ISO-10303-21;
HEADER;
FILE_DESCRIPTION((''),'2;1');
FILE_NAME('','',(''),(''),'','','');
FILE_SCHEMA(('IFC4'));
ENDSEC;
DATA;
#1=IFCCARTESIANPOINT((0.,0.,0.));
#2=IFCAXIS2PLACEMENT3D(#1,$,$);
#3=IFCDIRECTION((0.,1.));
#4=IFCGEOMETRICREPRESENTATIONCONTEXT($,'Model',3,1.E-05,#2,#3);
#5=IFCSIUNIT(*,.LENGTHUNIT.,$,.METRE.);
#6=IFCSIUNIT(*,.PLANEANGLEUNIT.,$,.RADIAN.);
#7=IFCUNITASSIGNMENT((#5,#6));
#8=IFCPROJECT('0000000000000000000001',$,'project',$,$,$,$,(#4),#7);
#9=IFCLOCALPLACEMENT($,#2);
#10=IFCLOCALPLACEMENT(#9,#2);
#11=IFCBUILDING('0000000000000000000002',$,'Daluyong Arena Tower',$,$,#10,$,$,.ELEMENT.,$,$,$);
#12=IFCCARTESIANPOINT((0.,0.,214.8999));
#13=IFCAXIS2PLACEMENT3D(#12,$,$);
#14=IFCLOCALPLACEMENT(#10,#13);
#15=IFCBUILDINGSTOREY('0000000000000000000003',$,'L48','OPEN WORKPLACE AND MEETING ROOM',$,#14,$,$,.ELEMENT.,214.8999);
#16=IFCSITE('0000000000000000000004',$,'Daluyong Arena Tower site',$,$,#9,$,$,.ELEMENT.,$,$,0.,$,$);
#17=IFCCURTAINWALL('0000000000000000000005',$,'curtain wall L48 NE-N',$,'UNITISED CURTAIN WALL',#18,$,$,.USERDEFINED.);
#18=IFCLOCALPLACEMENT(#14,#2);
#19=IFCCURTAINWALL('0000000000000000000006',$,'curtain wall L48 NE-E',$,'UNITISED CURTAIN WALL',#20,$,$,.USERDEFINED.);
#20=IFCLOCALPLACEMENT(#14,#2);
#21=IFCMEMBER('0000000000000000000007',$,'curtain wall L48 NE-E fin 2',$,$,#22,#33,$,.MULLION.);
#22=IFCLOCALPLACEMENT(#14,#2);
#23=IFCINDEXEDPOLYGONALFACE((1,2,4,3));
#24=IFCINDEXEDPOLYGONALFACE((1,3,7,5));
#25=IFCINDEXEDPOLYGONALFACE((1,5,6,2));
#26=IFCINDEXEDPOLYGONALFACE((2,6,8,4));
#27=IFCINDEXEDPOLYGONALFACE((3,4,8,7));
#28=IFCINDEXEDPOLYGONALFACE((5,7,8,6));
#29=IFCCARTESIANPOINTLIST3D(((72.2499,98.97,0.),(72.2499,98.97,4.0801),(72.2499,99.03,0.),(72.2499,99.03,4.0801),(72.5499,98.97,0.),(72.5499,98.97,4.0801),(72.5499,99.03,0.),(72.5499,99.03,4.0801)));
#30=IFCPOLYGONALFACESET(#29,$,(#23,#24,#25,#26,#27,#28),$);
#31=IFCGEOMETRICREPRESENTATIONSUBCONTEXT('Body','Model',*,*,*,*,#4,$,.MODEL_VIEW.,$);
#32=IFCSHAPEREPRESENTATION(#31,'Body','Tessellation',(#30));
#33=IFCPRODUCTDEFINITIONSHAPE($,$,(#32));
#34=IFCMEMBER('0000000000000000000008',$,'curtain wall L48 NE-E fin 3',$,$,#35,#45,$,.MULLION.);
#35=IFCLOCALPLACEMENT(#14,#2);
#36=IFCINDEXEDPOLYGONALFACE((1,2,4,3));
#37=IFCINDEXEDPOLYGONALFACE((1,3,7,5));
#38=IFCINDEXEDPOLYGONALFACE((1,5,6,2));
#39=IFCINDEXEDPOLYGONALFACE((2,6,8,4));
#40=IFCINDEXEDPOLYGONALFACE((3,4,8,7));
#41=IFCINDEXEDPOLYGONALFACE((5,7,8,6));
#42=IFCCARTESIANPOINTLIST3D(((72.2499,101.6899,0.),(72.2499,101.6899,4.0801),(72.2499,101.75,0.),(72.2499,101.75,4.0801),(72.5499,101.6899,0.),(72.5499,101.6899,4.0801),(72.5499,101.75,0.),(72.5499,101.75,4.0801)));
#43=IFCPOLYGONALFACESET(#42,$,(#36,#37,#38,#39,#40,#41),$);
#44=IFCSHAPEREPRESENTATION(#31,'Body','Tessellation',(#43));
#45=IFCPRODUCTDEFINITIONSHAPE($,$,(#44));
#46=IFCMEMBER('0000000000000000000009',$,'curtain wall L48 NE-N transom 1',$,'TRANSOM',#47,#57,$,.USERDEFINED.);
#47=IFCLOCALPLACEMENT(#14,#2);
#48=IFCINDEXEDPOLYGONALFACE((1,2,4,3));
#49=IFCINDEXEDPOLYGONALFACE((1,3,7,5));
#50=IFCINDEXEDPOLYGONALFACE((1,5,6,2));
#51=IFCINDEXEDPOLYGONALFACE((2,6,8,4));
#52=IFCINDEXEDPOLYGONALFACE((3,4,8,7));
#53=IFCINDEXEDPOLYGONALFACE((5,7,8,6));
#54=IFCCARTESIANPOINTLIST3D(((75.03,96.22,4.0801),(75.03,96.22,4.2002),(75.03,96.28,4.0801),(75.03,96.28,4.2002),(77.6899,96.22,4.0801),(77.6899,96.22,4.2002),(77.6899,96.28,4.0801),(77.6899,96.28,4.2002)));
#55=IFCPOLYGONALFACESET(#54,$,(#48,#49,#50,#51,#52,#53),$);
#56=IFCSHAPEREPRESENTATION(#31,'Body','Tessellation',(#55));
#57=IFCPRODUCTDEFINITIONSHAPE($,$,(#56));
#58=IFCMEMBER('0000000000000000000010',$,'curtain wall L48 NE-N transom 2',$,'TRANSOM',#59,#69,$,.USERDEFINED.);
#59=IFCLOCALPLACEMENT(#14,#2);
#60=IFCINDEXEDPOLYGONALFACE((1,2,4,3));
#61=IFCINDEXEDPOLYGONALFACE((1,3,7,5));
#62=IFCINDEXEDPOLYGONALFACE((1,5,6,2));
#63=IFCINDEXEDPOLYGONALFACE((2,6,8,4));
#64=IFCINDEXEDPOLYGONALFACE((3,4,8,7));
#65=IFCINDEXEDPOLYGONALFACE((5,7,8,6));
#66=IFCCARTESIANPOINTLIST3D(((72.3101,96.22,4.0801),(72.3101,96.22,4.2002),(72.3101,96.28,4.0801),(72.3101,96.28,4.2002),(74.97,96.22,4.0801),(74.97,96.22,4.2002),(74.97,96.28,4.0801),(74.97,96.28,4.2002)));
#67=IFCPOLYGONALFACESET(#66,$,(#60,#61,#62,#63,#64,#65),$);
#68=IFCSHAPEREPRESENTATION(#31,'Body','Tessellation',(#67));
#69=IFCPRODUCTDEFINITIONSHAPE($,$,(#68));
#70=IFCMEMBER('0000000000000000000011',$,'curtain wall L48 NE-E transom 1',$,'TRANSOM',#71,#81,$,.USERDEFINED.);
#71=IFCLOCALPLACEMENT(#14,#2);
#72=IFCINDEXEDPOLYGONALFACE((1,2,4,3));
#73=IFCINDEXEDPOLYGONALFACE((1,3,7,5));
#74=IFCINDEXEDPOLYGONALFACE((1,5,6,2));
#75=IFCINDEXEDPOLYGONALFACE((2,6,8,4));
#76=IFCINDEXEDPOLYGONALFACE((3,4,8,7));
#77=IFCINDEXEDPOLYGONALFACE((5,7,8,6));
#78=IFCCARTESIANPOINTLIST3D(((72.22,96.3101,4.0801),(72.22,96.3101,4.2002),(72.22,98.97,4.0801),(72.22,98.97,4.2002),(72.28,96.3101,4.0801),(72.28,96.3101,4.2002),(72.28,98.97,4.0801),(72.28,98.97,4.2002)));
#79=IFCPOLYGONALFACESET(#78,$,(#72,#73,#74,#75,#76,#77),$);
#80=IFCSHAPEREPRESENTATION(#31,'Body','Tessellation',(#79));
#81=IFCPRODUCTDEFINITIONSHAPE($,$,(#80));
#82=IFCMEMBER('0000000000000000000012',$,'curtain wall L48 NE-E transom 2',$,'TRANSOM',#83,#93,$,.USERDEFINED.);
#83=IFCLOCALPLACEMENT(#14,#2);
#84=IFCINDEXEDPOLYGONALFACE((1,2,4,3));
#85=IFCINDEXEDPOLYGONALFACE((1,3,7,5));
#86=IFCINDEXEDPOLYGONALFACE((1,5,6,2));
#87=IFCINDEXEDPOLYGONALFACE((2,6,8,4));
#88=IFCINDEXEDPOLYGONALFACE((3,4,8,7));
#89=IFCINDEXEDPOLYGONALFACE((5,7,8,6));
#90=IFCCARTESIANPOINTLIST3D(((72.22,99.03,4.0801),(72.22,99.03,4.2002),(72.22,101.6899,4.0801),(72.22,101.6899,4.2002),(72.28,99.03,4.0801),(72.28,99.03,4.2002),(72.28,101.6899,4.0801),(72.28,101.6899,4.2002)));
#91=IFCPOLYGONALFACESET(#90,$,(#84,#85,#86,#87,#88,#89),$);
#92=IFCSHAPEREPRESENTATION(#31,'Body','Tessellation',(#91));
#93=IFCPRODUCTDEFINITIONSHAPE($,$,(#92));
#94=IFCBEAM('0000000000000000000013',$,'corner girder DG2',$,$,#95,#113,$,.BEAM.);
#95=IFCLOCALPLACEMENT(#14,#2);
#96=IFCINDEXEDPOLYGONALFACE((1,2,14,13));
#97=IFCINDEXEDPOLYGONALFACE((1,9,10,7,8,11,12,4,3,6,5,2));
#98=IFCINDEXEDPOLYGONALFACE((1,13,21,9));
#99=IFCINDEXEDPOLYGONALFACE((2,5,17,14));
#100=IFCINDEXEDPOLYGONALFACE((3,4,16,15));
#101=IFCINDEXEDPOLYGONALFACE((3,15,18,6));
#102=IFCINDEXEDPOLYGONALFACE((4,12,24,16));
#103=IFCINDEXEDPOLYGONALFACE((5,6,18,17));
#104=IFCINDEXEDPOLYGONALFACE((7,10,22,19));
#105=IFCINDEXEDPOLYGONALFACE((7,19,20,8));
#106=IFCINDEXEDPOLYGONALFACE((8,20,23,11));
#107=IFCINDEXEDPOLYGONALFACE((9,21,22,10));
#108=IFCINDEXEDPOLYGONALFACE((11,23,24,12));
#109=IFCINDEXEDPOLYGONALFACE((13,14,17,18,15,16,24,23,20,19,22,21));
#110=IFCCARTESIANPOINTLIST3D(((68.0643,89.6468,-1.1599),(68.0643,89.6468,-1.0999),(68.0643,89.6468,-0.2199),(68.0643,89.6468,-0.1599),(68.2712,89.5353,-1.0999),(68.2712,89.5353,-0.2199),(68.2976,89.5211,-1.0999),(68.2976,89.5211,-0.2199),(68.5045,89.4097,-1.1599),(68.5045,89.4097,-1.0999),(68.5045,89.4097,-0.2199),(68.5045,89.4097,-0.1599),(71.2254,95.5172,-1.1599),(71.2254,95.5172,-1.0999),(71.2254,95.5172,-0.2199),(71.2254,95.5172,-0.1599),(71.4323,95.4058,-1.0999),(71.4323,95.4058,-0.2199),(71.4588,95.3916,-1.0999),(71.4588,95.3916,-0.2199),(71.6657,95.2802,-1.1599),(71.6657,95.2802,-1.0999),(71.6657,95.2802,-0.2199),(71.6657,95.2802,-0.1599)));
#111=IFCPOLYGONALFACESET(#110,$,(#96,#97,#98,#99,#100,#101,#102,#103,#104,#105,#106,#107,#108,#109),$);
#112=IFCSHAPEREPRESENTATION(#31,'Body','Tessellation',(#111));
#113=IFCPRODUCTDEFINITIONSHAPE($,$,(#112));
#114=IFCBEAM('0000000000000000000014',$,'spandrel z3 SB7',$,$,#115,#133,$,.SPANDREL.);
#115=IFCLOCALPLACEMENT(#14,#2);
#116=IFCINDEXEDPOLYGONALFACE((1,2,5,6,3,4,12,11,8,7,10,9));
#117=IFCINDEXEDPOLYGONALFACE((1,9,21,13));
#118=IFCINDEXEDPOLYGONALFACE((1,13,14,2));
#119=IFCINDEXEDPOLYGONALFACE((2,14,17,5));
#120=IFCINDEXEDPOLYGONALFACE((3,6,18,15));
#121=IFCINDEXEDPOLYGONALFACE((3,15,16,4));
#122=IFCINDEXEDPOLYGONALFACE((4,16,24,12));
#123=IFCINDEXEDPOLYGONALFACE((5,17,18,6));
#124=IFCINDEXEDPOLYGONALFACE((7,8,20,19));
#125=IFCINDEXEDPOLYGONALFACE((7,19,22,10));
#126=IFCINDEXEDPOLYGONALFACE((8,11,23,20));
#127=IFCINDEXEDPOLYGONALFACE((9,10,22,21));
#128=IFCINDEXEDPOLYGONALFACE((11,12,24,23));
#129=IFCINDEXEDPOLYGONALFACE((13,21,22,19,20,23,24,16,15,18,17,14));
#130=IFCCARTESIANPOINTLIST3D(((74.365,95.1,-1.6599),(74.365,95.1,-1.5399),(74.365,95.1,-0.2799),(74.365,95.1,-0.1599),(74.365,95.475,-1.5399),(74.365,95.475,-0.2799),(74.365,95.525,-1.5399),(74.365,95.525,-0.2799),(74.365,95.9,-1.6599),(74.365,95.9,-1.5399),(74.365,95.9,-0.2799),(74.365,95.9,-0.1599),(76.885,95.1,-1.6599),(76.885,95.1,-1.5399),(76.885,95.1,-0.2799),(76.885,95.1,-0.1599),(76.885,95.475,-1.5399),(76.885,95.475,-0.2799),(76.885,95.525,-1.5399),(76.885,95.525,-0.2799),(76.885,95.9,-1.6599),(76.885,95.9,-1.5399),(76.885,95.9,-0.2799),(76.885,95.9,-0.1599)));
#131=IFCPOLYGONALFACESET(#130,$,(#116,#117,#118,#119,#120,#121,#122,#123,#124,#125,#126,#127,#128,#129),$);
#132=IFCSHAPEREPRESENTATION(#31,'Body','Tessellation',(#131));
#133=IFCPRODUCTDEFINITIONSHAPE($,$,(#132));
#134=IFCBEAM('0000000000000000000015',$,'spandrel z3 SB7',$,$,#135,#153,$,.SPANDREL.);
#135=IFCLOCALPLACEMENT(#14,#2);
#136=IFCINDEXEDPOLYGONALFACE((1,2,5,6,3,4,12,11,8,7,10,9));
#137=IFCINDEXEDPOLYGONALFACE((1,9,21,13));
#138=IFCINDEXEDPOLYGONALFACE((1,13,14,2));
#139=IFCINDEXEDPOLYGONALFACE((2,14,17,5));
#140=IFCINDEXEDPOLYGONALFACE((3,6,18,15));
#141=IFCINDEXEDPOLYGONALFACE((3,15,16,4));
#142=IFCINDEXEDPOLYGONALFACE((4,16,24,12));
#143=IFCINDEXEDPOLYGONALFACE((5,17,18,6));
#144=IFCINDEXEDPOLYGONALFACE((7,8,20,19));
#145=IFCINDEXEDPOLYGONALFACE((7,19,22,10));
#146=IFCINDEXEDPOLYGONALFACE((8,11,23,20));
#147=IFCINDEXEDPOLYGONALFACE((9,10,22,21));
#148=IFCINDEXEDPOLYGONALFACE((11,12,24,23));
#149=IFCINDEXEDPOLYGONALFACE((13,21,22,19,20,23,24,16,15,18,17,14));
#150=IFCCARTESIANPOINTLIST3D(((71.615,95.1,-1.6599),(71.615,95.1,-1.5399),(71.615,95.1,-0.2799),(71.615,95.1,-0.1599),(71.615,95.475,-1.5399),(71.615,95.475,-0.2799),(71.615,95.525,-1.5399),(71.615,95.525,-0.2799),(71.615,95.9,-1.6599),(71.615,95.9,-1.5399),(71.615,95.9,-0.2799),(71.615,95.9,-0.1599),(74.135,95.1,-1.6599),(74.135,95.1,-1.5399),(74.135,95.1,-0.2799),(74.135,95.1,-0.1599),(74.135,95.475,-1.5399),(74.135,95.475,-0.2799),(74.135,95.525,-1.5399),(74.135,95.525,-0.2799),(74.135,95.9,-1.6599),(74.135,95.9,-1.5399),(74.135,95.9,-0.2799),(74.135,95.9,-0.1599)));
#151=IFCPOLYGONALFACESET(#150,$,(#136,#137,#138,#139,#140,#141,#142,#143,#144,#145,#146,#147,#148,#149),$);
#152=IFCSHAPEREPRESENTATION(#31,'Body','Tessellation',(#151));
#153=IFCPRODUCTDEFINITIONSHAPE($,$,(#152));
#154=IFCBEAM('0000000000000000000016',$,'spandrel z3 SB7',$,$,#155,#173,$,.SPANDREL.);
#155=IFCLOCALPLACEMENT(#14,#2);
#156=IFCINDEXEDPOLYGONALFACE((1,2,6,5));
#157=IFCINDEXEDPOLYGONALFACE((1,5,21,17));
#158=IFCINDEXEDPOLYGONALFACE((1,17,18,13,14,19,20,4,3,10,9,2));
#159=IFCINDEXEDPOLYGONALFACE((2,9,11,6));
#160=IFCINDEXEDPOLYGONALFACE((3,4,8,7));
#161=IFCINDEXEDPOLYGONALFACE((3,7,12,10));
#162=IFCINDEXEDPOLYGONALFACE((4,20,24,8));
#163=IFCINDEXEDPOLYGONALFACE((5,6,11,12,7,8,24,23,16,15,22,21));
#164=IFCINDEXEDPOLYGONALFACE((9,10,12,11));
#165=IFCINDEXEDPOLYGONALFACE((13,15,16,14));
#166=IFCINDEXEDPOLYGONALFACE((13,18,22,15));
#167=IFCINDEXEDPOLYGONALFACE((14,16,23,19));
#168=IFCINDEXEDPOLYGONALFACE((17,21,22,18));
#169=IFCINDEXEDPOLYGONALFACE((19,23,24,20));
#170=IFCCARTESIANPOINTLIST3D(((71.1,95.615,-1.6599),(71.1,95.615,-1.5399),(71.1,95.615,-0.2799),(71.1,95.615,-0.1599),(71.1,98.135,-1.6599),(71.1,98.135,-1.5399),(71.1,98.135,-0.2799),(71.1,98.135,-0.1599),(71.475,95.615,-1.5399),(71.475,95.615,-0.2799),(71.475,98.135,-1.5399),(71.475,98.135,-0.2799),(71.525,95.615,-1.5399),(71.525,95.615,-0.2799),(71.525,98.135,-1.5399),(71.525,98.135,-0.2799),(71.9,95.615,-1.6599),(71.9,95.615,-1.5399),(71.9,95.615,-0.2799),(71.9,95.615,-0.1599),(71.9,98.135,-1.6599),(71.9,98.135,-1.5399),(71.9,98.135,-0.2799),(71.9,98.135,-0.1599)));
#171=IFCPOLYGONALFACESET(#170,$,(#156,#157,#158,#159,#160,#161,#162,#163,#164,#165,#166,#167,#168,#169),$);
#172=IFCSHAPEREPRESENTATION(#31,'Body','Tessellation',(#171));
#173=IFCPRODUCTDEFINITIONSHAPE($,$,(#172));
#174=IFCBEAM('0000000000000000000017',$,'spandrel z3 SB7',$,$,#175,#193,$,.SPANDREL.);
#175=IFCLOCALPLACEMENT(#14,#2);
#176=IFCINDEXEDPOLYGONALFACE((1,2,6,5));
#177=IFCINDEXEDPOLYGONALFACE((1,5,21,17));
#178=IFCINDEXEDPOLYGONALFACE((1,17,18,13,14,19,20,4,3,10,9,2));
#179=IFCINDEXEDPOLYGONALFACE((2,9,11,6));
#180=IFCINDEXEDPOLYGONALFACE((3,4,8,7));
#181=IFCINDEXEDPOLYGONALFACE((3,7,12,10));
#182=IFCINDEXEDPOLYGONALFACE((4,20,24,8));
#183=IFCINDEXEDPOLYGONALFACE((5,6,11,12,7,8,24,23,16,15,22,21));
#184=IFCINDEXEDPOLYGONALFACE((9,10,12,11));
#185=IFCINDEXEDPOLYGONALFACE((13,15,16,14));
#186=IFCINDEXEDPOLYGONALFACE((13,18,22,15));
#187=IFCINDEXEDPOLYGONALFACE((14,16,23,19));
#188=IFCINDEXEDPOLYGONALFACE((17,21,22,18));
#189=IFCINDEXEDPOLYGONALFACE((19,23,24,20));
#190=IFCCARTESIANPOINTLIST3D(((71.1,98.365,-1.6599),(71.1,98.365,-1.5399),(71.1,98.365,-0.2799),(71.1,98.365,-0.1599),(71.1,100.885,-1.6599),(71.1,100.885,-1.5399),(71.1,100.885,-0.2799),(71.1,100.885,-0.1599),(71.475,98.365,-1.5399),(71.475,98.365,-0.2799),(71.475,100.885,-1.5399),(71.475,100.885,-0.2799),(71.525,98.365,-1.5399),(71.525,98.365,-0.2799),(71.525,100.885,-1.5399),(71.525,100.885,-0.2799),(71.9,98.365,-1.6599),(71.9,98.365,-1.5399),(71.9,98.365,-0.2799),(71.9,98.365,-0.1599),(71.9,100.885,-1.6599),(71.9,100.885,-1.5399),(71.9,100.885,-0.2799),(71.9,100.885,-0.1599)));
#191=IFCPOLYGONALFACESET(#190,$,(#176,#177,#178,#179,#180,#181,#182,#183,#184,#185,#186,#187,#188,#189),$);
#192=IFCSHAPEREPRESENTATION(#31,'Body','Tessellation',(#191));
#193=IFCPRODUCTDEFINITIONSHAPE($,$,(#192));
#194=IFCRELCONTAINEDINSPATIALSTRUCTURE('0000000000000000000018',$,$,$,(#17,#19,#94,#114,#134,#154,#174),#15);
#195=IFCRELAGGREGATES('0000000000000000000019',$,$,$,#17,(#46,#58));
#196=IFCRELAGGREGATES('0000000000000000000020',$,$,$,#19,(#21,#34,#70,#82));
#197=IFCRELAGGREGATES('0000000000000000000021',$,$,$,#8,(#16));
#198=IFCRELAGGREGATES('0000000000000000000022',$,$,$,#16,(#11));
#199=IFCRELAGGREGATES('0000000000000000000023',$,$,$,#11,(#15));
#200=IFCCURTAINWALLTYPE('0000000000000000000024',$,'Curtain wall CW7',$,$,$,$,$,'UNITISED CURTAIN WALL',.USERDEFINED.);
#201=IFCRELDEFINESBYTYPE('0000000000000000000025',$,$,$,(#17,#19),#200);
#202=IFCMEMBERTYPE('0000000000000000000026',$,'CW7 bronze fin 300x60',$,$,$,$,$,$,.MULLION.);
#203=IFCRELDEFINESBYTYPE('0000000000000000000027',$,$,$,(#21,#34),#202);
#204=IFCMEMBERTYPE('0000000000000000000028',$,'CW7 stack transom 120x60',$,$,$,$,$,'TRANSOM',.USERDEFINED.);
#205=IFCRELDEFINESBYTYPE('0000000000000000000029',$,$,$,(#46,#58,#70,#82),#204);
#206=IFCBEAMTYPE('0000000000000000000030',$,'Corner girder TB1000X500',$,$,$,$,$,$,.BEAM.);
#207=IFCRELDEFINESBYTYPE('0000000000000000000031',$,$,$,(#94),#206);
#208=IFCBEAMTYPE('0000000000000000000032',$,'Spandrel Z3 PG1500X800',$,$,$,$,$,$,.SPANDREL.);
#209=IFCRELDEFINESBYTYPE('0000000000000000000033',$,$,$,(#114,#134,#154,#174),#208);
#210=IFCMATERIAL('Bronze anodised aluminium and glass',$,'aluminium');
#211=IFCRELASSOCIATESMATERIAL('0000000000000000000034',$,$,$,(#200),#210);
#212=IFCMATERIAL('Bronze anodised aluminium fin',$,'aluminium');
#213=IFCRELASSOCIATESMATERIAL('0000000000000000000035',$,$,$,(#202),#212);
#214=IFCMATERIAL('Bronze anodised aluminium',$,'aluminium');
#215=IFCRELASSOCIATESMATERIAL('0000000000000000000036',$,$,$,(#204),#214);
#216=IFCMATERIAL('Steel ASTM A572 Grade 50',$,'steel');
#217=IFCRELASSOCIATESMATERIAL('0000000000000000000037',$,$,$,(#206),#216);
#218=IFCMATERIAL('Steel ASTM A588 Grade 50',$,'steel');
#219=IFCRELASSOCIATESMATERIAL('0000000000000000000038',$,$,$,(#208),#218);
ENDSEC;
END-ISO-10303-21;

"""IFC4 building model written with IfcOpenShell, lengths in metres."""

from ifc_helpers import new_model, si_unit, direction, frame, origin, origin_2d, place, context, subcontext, project, spatial, rectangle, i_section, extrude, material, material_profile, profile_set, type_object, element, aggregate, save


model = new_model("IFC4")

# Units and contexts
model_context = context("Model", 3, precision=1e-05, world=origin(), true_north=direction((0.0, 1.0)))
body_context = subcontext(model_context, "Body", "Model", "MODEL_VIEW")
ifc_project = project(units=[si_unit("LENGTHUNIT", "METRE"), si_unit("PLANEANGLEUNIT", "RADIAN")], contexts=[model_context])

# Site, building, storey
site_placement = place(None, origin())
site = spatial("IfcSite", under=ifc_project, at=site_placement, Name="Daluyong Arena Tower site", CompositionType="ELEMENT", RefElevation=0.0)
building_placement = place(site_placement, origin())
building = spatial("IfcBuilding", under=site, at=building_placement, Name="Daluyong Arena Tower", CompositionType="ELEMENT")
storey_placement = place(building_placement, frame((0.0, 0.0, 214.8999)))
storey = spatial("IfcBuildingStorey", under=building, at=storey_placement, Name="L48", Description="OPEN WORKPLACE AND MEETING ROOM", CompositionType="ELEMENT", Elevation=214.8999)

# Curtain walls, members
ifc_material_1 = material(Name="Bronze anodised aluminium and glass", Category="aluminium")
curtain_wall_type_1 = type_object("IfcCurtainWallType", Name="Curtain wall CW7", ElementType="UNITISED CURTAIN WALL", PredefinedType="USERDEFINED", material=ifc_material_1)
curtain_wall_1_placement = place(storey_placement, origin())
curtain_wall_1 = element("IfcCurtainWall", 1, at=curtain_wall_1_placement, inside=storey, type_object=curtain_wall_type_1, Name="curtain wall L48 NE-N", ObjectType="UNITISED CURTAIN WALL", PredefinedType="USERDEFINED")
ifc_material_2 = material(Name="Bronze anodised aluminium fin", Category="aluminium")
ifc_material_profile_1 = material_profile(ifc_material_2, rectangle(XDim=0.3, YDim=0.0601, at=origin_2d()))
ifc_profile_set_1 = profile_set([ifc_material_profile_1], Name="Bronze anodised aluminium fin")
member_type_1 = type_object("IfcMemberType", Name="CW7 bronze fin 300x60", PredefinedType="MULLION", material=ifc_profile_set_1)
curtain_wall_2_placement = place(storey_placement, origin())
curtain_wall_2 = element("IfcCurtainWall", 2, at=curtain_wall_2_placement, inside=storey, type_object=curtain_wall_type_1, Name="curtain wall L48 NE-E", ObjectType="UNITISED CURTAIN WALL", PredefinedType="USERDEFINED")
member_1_placement = place(storey_placement, frame((72.3999, 99.0, 0.0), z_axis=(0.0, 0.0, 1.0), x_axis=(-1.0, 0.0, 0.0)))
member_1 = element("IfcMember", 3, at=member_1_placement, type_object=member_type_1, Name="curtain wall L48 NE-E fin 2", PredefinedType="MULLION", context=body_context, shape_type="SweptSolid", body=[
    extrude(rectangle(XDim=0.3, YDim=0.0601, at=origin_2d()), origin(), (0.0, 0.0, 1.0), 4.0801),
])
member_2_placement = place(storey_placement, frame((72.3999, 101.72, 0.0), z_axis=(0.0, 0.0, 1.0), x_axis=(-1.0, 0.0, 0.0)))
member_2 = element("IfcMember", 4, at=member_2_placement, type_object=member_type_1, Name="curtain wall L48 NE-E fin 3", PredefinedType="MULLION", context=body_context, shape_type="SweptSolid", body=[
    extrude(rectangle(XDim=0.3, YDim=0.0601, at=origin_2d()), origin(), (0.0, 0.0, 1.0), 4.0801),
])

# Members
ifc_material_3 = material(Name="Bronze anodised aluminium", Category="aluminium")
ifc_material_profile_2 = material_profile(ifc_material_3, rectangle(XDim=0.0601, YDim=0.1201, at=origin_2d()))
ifc_profile_set_2 = profile_set([ifc_material_profile_2], Name="Bronze anodised aluminium")
member_type_2 = type_object("IfcMemberType", Name="CW7 stack transom 120x60", ElementType="TRANSOM", PredefinedType="USERDEFINED", material=ifc_profile_set_2)
member_3_placement = place(storey_placement, frame((77.6899, 96.25, 4.1401), z_axis=(-1.0, 0.0, 0.0), x_axis=(0.0, -1.0, 0.0)))
member_3 = element("IfcMember", 5, at=member_3_placement, type_object=member_type_2, Name="curtain wall L48 NE-N transom 1", ObjectType="TRANSOM", PredefinedType="USERDEFINED", context=body_context, shape_type="SweptSolid", body=[
    extrude(rectangle(XDim=0.0601, YDim=0.1201, at=origin_2d()), origin(), (0.0, 0.0, 1.0), 2.6599),
])
member_4_placement = place(storey_placement, frame((74.97, 96.25, 4.1401), z_axis=(-1.0, 0.0, 0.0), x_axis=(0.0, -1.0, 0.0)))
member_4 = element("IfcMember", 6, at=member_4_placement, type_object=member_type_2, Name="curtain wall L48 NE-N transom 2", ObjectType="TRANSOM", PredefinedType="USERDEFINED", context=body_context, shape_type="SweptSolid", body=[
    extrude(rectangle(XDim=0.0601, YDim=0.1201, at=origin_2d()), origin(), (0.0, 0.0, 1.0), 2.6599),
])
member_5_placement = place(storey_placement, frame((72.25, 96.3101, 4.1401), z_axis=(0.0, 1.0, 0.0), x_axis=(-1.0, 0.0, 0.0)))
member_5 = element("IfcMember", 7, at=member_5_placement, type_object=member_type_2, Name="curtain wall L48 NE-E transom 1", ObjectType="TRANSOM", PredefinedType="USERDEFINED", context=body_context, shape_type="SweptSolid", body=[
    extrude(rectangle(XDim=0.0601, YDim=0.1201, at=origin_2d()), origin(), (0.0, 0.0, 1.0), 2.6599),
])
member_6_placement = place(storey_placement, frame((72.25, 99.03, 4.1401), z_axis=(0.0, 1.0, 0.0), x_axis=(-1.0, 0.0, 0.0)))
member_6 = element("IfcMember", 8, at=member_6_placement, type_object=member_type_2, Name="curtain wall L48 NE-E transom 2", ObjectType="TRANSOM", PredefinedType="USERDEFINED", context=body_context, shape_type="SweptSolid", body=[
    extrude(rectangle(XDim=0.0601, YDim=0.1201, at=origin_2d()), origin(), (0.0, 0.0, 1.0), 2.6599),
])

# Beams
ifc_material_4 = material(Name="Steel ASTM A572 Grade 50", Category="steel")
ifc_material_profile_3 = material_profile(ifc_material_4, i_section(OverallWidth=0.5, OverallDepth=1.0, WebThickness=0.03, FlangeThickness=0.06, at=origin_2d()))
ifc_profile_set_3 = profile_set([ifc_material_profile_3], Name="Steel ASTM A572 Grade 50")
beam_type_1 = type_object("IfcBeamType", Name="Corner girder TB1000X500", PredefinedType="BEAM", material=ifc_profile_set_3)
beam_1_placement = place(storey_placement, frame((71.4456, 95.3987, -0.6599), z_axis=(-0.474119, -0.880461, 0.0), x_axis=(0.880461, -0.474119, 0.0)))
element("IfcBeam", 9, at=beam_1_placement, inside=storey, type_object=beam_type_1, Name="corner girder DG2", PredefinedType="BEAM", context=body_context, shape_type="SweptSolid", body=[
    extrude(i_section(OverallWidth=0.5, OverallDepth=1.0, WebThickness=0.03, FlangeThickness=0.06, at=origin_2d()), origin(), (0.0, 0.0, 1.0), 6.6675),
])
ifc_material_5 = material(Name="Steel ASTM A588 Grade 50", Category="steel")
ifc_material_profile_4 = material_profile(ifc_material_5, i_section(OverallWidth=0.8, OverallDepth=1.5, WebThickness=0.05, FlangeThickness=0.12, at=origin_2d()))
ifc_profile_set_4 = profile_set([ifc_material_profile_4], Name="Steel ASTM A588 Grade 50")
beam_type_2 = type_object("IfcBeamType", Name="Spandrel Z3 PG1500X800", PredefinedType="SPANDREL", material=ifc_profile_set_4)
for number, where, z_axis, x_axis, name in (
    (10, (76.885, 95.5, -0.9099), (-1.0, 0.0, 0.0), (0.0, -1.0, 0.0), "spandrel z3 SB7"),
    (11, (74.135, 95.5, -0.9099), (-1.0, 0.0, 0.0), (0.0, -1.0, 0.0), "spandrel z3 SB7"),
    (12, (71.5, 95.615, -0.9099), (0.0, 1.0, 0.0), (-1.0, 0.0, 0.0), "spandrel z3 SB7"),
    (13, (71.5, 98.365, -0.9099), (0.0, 1.0, 0.0), (-1.0, 0.0, 0.0), "spandrel z3 SB7"),
):
    element("IfcBeam", number, at=place(storey_placement, frame(where, z_axis=z_axis, x_axis=x_axis)), inside=storey, type_object=beam_type_2, Name=name, PredefinedType="SPANDREL", context=body_context, shape_type="SweptSolid", body=[
        extrude(i_section(OverallWidth=0.8, OverallDepth=1.5, WebThickness=0.05, FlangeThickness=0.12, at=origin_2d()), origin(), (0.0, 0.0, 1.0), 2.52),
    ])

aggregate(curtain_wall_1, [member_3, member_4])
aggregate(curtain_wall_2, [member_1, member_2, member_5, member_6])

save(model, "model.ifc")
